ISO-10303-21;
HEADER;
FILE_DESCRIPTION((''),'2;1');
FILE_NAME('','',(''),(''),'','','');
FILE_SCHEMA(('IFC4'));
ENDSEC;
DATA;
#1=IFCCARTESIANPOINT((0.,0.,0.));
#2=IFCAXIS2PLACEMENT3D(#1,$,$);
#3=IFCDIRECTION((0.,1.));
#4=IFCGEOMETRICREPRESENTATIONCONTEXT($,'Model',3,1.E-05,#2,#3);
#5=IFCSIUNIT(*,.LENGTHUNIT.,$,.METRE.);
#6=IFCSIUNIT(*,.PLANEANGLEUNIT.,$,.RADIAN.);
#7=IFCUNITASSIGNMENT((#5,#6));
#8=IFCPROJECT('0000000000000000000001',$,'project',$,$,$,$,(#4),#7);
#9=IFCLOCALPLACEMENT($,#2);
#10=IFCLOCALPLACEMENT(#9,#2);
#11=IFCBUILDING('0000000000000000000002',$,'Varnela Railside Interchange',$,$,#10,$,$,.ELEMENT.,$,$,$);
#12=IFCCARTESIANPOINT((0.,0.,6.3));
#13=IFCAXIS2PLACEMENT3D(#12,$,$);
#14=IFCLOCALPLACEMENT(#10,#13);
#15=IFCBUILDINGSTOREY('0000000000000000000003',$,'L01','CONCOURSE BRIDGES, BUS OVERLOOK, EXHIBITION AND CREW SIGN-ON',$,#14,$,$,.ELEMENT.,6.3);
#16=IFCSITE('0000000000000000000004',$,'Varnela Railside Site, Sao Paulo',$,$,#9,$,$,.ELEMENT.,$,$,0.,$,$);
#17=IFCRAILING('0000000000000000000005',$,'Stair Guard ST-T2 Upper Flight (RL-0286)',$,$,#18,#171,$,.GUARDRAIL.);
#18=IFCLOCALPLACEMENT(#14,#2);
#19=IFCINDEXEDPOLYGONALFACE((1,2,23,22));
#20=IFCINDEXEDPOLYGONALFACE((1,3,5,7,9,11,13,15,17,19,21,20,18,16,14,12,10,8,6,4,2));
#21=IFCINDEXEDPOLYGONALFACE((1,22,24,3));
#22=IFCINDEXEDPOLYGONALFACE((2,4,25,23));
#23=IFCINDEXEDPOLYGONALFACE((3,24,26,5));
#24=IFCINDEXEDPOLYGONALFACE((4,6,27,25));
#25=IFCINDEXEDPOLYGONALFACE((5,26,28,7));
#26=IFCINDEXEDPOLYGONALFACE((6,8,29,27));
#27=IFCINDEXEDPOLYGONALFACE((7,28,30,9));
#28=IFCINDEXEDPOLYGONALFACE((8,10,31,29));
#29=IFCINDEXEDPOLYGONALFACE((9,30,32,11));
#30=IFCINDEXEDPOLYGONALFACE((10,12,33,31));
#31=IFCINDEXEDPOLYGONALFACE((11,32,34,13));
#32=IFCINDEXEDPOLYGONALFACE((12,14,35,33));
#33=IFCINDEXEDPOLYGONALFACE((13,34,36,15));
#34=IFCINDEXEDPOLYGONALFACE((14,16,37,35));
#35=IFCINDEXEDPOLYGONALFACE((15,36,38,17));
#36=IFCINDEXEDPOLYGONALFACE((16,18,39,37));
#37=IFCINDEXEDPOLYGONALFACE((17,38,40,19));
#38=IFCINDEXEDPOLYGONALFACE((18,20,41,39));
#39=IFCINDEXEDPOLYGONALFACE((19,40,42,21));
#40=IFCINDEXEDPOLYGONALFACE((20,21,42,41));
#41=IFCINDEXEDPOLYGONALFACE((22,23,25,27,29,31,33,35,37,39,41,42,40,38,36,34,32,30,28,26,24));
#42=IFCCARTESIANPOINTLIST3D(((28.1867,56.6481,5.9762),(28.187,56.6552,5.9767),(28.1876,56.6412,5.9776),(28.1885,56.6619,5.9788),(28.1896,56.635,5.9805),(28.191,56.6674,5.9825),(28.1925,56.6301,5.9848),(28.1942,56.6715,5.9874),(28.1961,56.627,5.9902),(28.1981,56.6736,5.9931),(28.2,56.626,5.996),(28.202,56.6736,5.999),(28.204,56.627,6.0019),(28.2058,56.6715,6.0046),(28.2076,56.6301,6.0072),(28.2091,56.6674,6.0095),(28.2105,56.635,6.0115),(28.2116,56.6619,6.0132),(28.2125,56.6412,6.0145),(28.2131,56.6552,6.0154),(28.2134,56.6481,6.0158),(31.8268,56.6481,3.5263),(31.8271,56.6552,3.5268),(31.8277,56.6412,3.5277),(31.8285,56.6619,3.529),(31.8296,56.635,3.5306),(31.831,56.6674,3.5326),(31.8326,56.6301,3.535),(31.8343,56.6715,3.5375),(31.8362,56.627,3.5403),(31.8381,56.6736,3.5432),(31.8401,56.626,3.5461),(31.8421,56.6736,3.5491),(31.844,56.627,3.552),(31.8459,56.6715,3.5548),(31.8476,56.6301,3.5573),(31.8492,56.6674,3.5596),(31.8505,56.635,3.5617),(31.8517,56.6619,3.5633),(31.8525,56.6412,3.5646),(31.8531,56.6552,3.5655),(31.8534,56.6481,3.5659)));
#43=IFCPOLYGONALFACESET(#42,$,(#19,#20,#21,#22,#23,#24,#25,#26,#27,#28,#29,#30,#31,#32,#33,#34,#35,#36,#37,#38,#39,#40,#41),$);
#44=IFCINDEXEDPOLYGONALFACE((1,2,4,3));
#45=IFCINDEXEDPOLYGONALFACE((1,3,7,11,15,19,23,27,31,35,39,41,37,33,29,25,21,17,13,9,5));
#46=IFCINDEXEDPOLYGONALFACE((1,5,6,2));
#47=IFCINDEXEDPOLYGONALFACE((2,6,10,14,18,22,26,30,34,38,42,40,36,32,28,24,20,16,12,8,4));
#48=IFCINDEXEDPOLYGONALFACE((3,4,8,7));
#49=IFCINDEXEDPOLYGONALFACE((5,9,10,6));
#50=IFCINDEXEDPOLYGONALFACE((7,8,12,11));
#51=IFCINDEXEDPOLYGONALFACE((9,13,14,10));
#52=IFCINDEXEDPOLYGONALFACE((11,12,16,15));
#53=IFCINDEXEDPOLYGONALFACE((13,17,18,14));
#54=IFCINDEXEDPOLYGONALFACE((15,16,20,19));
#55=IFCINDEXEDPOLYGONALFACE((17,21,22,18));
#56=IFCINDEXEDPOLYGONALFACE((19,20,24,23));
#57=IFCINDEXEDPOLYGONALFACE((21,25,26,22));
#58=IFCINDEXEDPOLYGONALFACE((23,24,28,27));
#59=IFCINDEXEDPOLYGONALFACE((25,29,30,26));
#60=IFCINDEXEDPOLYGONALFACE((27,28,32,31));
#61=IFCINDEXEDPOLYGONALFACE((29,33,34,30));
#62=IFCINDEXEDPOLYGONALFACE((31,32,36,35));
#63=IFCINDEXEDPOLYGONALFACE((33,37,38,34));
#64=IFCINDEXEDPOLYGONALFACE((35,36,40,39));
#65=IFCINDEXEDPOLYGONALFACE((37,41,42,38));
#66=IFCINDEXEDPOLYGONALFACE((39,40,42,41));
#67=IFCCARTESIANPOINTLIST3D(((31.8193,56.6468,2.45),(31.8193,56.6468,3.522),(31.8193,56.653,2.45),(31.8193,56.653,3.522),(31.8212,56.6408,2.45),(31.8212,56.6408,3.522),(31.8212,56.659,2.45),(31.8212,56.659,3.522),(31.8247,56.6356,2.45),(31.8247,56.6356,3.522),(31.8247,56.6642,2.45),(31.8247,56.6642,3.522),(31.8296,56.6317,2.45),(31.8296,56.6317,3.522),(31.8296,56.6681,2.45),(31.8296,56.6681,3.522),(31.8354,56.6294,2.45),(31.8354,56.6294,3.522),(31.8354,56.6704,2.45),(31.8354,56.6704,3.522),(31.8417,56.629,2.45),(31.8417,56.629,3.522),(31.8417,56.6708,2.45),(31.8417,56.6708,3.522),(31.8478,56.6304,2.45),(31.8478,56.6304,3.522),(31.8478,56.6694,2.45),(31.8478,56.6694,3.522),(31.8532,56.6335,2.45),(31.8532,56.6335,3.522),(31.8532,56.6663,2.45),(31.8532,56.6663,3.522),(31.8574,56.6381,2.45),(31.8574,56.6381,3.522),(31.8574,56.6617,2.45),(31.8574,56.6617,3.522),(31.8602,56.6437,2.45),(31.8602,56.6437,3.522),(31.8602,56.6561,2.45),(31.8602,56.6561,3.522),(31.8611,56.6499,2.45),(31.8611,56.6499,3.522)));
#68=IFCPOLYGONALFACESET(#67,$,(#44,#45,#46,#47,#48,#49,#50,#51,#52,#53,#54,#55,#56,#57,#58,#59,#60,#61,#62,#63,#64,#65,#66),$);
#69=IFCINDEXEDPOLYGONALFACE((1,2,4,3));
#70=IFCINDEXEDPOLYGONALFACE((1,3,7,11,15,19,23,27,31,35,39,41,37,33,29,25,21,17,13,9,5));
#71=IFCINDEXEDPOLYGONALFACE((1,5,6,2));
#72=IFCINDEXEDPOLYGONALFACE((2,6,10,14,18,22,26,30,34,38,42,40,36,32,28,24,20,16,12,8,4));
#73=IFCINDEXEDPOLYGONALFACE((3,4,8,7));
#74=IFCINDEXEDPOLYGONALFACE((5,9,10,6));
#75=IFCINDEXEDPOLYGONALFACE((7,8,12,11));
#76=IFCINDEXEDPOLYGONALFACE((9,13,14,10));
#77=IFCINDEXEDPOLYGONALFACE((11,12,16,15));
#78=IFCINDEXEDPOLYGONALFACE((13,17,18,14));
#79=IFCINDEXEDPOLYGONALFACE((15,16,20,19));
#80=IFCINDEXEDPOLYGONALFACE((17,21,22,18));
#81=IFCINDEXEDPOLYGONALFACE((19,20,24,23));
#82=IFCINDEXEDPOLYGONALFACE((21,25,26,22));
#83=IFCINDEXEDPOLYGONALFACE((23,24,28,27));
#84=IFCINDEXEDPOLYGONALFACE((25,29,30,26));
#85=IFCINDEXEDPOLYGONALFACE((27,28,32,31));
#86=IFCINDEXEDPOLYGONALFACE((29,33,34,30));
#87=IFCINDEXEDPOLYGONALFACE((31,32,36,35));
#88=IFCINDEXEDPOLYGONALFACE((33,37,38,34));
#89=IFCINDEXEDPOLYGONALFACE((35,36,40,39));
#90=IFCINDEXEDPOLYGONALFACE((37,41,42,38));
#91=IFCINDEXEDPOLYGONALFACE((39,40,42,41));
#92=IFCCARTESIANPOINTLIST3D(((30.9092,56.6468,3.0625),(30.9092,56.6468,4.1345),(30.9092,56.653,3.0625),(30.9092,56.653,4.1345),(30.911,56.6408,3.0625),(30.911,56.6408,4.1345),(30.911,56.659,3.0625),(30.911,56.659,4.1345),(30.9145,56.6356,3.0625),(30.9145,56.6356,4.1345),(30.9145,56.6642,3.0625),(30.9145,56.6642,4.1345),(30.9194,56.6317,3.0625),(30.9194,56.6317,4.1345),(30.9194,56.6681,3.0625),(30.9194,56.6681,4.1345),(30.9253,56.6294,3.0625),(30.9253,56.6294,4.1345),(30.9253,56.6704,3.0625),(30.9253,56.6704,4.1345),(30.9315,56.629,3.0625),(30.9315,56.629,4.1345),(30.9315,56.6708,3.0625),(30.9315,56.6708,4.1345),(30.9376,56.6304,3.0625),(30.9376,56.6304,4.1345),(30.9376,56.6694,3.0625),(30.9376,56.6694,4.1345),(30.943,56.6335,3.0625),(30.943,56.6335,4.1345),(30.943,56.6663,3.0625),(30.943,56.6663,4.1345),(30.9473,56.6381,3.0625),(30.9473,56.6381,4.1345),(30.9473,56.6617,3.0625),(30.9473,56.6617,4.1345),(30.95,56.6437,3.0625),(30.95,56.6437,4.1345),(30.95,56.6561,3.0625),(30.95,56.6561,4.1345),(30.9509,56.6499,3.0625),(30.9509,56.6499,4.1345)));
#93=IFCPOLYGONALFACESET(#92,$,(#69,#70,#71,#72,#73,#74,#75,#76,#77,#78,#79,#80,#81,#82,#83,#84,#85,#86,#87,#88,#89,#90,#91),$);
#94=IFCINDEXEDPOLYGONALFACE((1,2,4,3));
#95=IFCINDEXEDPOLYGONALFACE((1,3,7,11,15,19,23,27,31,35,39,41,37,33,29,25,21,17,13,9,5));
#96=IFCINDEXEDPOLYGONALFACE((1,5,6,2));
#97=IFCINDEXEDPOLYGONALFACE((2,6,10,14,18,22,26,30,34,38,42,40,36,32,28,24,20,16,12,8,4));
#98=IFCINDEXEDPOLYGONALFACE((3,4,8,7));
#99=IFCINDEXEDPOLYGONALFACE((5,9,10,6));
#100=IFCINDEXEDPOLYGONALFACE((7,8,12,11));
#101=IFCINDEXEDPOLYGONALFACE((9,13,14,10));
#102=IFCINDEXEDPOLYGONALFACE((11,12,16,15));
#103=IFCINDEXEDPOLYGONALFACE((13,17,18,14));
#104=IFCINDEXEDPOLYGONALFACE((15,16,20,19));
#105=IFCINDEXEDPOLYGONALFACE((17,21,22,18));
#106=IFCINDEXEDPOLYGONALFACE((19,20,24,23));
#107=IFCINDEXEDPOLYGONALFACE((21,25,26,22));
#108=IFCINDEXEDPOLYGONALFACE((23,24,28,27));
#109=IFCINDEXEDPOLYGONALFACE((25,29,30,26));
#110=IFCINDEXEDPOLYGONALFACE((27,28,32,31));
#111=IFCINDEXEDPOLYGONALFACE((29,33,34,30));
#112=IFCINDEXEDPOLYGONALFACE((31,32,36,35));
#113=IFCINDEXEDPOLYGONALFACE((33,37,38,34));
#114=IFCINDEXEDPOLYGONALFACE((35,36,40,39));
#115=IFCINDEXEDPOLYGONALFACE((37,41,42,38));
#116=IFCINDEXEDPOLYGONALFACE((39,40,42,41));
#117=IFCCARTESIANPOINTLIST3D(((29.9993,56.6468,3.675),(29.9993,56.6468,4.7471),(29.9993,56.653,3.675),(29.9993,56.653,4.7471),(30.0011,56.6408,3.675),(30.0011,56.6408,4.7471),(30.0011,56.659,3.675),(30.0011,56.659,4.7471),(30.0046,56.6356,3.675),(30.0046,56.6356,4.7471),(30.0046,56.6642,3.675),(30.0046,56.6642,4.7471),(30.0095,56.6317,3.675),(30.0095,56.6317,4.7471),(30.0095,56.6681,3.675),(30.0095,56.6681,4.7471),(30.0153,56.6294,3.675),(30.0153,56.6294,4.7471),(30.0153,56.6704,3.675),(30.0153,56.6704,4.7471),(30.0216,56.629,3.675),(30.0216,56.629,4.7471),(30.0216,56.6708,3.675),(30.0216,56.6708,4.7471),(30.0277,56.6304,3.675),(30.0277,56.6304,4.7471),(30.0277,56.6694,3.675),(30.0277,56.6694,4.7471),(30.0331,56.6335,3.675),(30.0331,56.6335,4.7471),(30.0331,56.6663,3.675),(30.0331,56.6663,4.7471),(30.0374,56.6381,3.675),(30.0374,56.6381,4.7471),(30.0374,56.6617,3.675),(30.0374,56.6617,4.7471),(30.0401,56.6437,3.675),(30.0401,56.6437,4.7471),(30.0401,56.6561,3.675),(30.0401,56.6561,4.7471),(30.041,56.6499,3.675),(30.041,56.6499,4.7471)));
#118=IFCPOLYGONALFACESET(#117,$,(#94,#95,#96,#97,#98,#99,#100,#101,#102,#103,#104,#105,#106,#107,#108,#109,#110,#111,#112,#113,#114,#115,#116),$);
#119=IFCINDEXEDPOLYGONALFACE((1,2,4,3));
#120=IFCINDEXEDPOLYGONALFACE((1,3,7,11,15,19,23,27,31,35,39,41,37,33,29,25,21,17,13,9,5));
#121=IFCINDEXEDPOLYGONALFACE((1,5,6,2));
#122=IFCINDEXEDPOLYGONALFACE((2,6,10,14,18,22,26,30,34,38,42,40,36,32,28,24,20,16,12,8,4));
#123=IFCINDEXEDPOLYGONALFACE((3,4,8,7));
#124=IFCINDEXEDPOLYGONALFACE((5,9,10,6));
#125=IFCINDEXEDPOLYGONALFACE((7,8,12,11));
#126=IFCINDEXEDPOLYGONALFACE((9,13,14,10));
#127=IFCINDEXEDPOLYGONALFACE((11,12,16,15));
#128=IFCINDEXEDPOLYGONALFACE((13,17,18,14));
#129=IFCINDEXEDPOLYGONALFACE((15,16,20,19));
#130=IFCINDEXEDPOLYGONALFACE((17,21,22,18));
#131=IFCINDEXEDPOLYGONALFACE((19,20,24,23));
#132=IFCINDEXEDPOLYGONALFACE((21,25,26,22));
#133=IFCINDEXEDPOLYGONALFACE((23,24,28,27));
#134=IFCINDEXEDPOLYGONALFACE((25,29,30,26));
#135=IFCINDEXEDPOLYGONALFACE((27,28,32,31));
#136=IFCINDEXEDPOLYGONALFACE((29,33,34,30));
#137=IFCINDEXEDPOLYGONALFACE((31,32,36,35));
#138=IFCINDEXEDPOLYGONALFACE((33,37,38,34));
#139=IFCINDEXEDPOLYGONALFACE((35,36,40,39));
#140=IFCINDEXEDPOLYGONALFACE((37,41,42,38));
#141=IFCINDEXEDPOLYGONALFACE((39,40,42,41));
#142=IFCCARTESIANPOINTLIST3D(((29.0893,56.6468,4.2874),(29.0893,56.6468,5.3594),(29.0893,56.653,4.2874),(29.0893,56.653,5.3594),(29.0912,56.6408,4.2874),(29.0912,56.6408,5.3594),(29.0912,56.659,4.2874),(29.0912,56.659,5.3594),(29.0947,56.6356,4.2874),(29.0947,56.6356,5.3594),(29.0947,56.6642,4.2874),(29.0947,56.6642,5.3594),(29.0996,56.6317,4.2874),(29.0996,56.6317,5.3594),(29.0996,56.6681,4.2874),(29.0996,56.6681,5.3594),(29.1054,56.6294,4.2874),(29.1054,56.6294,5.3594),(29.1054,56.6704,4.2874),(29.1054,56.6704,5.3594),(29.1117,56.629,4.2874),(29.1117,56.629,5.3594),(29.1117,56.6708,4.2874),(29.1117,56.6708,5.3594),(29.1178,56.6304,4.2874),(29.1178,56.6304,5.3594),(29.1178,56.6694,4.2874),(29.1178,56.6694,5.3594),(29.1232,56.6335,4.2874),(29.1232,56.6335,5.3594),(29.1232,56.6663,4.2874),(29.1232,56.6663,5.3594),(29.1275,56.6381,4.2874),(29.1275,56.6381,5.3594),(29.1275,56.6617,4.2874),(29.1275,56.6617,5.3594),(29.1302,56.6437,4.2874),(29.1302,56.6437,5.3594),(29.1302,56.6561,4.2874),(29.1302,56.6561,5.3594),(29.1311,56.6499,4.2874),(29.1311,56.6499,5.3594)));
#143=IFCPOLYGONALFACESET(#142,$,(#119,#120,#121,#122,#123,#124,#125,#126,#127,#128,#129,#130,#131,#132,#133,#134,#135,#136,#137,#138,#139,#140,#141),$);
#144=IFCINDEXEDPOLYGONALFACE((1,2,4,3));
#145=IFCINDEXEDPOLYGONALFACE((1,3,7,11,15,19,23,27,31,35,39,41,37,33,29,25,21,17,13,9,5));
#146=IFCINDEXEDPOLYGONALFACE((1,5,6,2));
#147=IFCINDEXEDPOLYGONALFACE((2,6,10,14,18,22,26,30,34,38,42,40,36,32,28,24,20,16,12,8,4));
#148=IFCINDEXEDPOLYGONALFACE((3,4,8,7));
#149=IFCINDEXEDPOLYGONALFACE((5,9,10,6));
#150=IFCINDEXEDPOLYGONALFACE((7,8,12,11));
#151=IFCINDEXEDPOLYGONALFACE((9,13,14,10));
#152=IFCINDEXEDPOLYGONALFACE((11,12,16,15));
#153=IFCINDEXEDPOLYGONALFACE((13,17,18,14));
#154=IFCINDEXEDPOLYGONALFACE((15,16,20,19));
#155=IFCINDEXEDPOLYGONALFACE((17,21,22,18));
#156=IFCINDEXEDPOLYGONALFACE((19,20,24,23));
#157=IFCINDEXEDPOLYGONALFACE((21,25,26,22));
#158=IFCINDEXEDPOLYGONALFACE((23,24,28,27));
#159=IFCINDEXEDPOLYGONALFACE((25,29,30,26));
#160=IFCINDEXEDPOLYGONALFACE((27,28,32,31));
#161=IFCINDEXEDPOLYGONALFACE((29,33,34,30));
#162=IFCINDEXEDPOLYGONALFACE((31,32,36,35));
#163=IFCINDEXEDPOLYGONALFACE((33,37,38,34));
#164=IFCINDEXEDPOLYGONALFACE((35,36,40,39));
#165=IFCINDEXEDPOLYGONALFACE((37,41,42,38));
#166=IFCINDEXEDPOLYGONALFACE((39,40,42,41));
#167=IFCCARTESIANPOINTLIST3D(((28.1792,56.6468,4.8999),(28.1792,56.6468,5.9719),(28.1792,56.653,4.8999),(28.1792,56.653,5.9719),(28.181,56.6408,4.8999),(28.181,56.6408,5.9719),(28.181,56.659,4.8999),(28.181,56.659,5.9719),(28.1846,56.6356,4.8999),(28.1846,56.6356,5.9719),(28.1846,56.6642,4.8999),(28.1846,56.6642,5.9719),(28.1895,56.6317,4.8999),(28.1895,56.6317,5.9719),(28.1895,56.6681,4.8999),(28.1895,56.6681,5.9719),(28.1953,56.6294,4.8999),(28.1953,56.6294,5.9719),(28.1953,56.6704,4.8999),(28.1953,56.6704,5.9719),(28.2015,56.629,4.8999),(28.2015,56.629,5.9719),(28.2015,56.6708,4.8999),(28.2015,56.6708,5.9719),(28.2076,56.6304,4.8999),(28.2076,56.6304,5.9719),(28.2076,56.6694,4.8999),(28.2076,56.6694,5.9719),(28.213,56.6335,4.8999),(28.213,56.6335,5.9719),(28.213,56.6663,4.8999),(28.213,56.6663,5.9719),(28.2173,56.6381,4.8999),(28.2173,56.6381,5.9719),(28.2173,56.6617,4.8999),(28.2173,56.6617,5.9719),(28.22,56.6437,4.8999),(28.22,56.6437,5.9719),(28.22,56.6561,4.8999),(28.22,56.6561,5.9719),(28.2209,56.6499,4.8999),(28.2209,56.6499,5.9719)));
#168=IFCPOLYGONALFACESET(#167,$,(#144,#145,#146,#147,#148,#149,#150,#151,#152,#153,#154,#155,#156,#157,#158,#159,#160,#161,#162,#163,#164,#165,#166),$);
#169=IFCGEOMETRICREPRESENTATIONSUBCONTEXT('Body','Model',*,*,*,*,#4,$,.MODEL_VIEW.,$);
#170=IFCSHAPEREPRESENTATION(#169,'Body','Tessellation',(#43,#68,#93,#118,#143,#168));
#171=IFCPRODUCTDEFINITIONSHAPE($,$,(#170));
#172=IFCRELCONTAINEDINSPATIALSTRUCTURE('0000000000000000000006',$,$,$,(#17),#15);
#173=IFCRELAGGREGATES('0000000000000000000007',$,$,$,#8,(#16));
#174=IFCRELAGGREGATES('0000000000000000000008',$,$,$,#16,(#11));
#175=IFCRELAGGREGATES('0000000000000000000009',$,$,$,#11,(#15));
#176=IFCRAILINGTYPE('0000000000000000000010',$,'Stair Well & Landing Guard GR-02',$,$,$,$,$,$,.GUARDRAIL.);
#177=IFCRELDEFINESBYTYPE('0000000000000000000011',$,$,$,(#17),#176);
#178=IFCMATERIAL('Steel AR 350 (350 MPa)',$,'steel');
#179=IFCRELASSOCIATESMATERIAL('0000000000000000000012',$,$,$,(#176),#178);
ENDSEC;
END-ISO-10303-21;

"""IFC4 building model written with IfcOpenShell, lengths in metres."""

from ifc_helpers import new_model, si_unit, direction, frame, origin, origin_2d, place, context, subcontext, project, spatial, circle, extrude, material, type_object, element, save


model = new_model("IFC4")

# Units and contexts
model_context = context("Model", 3, precision=1e-05, world=origin(), true_north=direction((0.0, 1.0)))
body_context = subcontext(model_context, "Body", "Model", "MODEL_VIEW")
ifc_project = project(units=[si_unit("LENGTHUNIT", "METRE"), si_unit("PLANEANGLEUNIT", "RADIAN")], contexts=[model_context])

# Site, building, storey
site_placement = place(None, origin())
site = spatial("IfcSite", under=ifc_project, at=site_placement, Name="Varnela Railside Site, Sao Paulo", CompositionType="ELEMENT", RefElevation=0.0)
building_placement = place(site_placement, origin())
building = spatial("IfcBuilding", under=site, at=building_placement, Name="Varnela Railside Interchange", CompositionType="ELEMENT")
storey_placement = place(building_placement, frame((0.0, 0.0, 6.3)))
storey = spatial("IfcBuildingStorey", under=building, at=storey_placement, Name="L01", Description="CONCOURSE BRIDGES, BUS OVERLOOK, EXHIBITION AND CREW SIGN-ON", CompositionType="ELEMENT", Elevation=6.3)

# Shared definitions
ifc_material_1 = material(Name="Steel AR 350 (350 MPa)", Category="steel")

# Railing
railing_type_1 = type_object("IfcRailingType", Name="Stair Well & Landing Guard GR-02", PredefinedType="GUARDRAIL", material=ifc_material_1)
railing_1_placement = place(storey_placement, frame((31.8401, 56.6499, 2.45)))
element("IfcRailing", 1, at=railing_1_placement, inside=storey, type_object=railing_type_1, Name="Stair Guard ST-T2 Upper Flight (RL-0286)", PredefinedType="GUARDRAIL", context=body_context, shape_type="SweptSolid", body=[
    extrude(circle(Radius=0.0239, at=origin_2d()), frame((0.0, 0.0, 1.0962), z_axis=(-0.829603, 0.0, 0.558354), x_axis=(0.0, -1.0, 0.0)), (0.0, 0.0, 1.0), 4.3877),
    extrude(circle(Radius=0.021, at=origin_2d()), origin(), (0.0, 0.0, 1.0), 1.072),
    extrude(circle(Radius=0.021, at=origin_2d()), frame((-0.9102, 0.0, 0.6125)), (0.0, 0.0, 1.0), 1.072),
    extrude(circle(Radius=0.021, at=origin_2d()), frame((-1.8201, 0.0, 1.2251)), (0.0, 0.0, 1.0), 1.072),
    extrude(circle(Radius=0.021, at=origin_2d()), frame((-2.73, 0.0, 1.8374)), (0.0, 0.0, 1.0), 1.072),
    extrude(circle(Radius=0.021, at=origin_2d()), frame((-3.6401, 0.0, 2.45)), (0.0, 0.0, 1.0), 1.072),
])

save(model, "model.ifc")
